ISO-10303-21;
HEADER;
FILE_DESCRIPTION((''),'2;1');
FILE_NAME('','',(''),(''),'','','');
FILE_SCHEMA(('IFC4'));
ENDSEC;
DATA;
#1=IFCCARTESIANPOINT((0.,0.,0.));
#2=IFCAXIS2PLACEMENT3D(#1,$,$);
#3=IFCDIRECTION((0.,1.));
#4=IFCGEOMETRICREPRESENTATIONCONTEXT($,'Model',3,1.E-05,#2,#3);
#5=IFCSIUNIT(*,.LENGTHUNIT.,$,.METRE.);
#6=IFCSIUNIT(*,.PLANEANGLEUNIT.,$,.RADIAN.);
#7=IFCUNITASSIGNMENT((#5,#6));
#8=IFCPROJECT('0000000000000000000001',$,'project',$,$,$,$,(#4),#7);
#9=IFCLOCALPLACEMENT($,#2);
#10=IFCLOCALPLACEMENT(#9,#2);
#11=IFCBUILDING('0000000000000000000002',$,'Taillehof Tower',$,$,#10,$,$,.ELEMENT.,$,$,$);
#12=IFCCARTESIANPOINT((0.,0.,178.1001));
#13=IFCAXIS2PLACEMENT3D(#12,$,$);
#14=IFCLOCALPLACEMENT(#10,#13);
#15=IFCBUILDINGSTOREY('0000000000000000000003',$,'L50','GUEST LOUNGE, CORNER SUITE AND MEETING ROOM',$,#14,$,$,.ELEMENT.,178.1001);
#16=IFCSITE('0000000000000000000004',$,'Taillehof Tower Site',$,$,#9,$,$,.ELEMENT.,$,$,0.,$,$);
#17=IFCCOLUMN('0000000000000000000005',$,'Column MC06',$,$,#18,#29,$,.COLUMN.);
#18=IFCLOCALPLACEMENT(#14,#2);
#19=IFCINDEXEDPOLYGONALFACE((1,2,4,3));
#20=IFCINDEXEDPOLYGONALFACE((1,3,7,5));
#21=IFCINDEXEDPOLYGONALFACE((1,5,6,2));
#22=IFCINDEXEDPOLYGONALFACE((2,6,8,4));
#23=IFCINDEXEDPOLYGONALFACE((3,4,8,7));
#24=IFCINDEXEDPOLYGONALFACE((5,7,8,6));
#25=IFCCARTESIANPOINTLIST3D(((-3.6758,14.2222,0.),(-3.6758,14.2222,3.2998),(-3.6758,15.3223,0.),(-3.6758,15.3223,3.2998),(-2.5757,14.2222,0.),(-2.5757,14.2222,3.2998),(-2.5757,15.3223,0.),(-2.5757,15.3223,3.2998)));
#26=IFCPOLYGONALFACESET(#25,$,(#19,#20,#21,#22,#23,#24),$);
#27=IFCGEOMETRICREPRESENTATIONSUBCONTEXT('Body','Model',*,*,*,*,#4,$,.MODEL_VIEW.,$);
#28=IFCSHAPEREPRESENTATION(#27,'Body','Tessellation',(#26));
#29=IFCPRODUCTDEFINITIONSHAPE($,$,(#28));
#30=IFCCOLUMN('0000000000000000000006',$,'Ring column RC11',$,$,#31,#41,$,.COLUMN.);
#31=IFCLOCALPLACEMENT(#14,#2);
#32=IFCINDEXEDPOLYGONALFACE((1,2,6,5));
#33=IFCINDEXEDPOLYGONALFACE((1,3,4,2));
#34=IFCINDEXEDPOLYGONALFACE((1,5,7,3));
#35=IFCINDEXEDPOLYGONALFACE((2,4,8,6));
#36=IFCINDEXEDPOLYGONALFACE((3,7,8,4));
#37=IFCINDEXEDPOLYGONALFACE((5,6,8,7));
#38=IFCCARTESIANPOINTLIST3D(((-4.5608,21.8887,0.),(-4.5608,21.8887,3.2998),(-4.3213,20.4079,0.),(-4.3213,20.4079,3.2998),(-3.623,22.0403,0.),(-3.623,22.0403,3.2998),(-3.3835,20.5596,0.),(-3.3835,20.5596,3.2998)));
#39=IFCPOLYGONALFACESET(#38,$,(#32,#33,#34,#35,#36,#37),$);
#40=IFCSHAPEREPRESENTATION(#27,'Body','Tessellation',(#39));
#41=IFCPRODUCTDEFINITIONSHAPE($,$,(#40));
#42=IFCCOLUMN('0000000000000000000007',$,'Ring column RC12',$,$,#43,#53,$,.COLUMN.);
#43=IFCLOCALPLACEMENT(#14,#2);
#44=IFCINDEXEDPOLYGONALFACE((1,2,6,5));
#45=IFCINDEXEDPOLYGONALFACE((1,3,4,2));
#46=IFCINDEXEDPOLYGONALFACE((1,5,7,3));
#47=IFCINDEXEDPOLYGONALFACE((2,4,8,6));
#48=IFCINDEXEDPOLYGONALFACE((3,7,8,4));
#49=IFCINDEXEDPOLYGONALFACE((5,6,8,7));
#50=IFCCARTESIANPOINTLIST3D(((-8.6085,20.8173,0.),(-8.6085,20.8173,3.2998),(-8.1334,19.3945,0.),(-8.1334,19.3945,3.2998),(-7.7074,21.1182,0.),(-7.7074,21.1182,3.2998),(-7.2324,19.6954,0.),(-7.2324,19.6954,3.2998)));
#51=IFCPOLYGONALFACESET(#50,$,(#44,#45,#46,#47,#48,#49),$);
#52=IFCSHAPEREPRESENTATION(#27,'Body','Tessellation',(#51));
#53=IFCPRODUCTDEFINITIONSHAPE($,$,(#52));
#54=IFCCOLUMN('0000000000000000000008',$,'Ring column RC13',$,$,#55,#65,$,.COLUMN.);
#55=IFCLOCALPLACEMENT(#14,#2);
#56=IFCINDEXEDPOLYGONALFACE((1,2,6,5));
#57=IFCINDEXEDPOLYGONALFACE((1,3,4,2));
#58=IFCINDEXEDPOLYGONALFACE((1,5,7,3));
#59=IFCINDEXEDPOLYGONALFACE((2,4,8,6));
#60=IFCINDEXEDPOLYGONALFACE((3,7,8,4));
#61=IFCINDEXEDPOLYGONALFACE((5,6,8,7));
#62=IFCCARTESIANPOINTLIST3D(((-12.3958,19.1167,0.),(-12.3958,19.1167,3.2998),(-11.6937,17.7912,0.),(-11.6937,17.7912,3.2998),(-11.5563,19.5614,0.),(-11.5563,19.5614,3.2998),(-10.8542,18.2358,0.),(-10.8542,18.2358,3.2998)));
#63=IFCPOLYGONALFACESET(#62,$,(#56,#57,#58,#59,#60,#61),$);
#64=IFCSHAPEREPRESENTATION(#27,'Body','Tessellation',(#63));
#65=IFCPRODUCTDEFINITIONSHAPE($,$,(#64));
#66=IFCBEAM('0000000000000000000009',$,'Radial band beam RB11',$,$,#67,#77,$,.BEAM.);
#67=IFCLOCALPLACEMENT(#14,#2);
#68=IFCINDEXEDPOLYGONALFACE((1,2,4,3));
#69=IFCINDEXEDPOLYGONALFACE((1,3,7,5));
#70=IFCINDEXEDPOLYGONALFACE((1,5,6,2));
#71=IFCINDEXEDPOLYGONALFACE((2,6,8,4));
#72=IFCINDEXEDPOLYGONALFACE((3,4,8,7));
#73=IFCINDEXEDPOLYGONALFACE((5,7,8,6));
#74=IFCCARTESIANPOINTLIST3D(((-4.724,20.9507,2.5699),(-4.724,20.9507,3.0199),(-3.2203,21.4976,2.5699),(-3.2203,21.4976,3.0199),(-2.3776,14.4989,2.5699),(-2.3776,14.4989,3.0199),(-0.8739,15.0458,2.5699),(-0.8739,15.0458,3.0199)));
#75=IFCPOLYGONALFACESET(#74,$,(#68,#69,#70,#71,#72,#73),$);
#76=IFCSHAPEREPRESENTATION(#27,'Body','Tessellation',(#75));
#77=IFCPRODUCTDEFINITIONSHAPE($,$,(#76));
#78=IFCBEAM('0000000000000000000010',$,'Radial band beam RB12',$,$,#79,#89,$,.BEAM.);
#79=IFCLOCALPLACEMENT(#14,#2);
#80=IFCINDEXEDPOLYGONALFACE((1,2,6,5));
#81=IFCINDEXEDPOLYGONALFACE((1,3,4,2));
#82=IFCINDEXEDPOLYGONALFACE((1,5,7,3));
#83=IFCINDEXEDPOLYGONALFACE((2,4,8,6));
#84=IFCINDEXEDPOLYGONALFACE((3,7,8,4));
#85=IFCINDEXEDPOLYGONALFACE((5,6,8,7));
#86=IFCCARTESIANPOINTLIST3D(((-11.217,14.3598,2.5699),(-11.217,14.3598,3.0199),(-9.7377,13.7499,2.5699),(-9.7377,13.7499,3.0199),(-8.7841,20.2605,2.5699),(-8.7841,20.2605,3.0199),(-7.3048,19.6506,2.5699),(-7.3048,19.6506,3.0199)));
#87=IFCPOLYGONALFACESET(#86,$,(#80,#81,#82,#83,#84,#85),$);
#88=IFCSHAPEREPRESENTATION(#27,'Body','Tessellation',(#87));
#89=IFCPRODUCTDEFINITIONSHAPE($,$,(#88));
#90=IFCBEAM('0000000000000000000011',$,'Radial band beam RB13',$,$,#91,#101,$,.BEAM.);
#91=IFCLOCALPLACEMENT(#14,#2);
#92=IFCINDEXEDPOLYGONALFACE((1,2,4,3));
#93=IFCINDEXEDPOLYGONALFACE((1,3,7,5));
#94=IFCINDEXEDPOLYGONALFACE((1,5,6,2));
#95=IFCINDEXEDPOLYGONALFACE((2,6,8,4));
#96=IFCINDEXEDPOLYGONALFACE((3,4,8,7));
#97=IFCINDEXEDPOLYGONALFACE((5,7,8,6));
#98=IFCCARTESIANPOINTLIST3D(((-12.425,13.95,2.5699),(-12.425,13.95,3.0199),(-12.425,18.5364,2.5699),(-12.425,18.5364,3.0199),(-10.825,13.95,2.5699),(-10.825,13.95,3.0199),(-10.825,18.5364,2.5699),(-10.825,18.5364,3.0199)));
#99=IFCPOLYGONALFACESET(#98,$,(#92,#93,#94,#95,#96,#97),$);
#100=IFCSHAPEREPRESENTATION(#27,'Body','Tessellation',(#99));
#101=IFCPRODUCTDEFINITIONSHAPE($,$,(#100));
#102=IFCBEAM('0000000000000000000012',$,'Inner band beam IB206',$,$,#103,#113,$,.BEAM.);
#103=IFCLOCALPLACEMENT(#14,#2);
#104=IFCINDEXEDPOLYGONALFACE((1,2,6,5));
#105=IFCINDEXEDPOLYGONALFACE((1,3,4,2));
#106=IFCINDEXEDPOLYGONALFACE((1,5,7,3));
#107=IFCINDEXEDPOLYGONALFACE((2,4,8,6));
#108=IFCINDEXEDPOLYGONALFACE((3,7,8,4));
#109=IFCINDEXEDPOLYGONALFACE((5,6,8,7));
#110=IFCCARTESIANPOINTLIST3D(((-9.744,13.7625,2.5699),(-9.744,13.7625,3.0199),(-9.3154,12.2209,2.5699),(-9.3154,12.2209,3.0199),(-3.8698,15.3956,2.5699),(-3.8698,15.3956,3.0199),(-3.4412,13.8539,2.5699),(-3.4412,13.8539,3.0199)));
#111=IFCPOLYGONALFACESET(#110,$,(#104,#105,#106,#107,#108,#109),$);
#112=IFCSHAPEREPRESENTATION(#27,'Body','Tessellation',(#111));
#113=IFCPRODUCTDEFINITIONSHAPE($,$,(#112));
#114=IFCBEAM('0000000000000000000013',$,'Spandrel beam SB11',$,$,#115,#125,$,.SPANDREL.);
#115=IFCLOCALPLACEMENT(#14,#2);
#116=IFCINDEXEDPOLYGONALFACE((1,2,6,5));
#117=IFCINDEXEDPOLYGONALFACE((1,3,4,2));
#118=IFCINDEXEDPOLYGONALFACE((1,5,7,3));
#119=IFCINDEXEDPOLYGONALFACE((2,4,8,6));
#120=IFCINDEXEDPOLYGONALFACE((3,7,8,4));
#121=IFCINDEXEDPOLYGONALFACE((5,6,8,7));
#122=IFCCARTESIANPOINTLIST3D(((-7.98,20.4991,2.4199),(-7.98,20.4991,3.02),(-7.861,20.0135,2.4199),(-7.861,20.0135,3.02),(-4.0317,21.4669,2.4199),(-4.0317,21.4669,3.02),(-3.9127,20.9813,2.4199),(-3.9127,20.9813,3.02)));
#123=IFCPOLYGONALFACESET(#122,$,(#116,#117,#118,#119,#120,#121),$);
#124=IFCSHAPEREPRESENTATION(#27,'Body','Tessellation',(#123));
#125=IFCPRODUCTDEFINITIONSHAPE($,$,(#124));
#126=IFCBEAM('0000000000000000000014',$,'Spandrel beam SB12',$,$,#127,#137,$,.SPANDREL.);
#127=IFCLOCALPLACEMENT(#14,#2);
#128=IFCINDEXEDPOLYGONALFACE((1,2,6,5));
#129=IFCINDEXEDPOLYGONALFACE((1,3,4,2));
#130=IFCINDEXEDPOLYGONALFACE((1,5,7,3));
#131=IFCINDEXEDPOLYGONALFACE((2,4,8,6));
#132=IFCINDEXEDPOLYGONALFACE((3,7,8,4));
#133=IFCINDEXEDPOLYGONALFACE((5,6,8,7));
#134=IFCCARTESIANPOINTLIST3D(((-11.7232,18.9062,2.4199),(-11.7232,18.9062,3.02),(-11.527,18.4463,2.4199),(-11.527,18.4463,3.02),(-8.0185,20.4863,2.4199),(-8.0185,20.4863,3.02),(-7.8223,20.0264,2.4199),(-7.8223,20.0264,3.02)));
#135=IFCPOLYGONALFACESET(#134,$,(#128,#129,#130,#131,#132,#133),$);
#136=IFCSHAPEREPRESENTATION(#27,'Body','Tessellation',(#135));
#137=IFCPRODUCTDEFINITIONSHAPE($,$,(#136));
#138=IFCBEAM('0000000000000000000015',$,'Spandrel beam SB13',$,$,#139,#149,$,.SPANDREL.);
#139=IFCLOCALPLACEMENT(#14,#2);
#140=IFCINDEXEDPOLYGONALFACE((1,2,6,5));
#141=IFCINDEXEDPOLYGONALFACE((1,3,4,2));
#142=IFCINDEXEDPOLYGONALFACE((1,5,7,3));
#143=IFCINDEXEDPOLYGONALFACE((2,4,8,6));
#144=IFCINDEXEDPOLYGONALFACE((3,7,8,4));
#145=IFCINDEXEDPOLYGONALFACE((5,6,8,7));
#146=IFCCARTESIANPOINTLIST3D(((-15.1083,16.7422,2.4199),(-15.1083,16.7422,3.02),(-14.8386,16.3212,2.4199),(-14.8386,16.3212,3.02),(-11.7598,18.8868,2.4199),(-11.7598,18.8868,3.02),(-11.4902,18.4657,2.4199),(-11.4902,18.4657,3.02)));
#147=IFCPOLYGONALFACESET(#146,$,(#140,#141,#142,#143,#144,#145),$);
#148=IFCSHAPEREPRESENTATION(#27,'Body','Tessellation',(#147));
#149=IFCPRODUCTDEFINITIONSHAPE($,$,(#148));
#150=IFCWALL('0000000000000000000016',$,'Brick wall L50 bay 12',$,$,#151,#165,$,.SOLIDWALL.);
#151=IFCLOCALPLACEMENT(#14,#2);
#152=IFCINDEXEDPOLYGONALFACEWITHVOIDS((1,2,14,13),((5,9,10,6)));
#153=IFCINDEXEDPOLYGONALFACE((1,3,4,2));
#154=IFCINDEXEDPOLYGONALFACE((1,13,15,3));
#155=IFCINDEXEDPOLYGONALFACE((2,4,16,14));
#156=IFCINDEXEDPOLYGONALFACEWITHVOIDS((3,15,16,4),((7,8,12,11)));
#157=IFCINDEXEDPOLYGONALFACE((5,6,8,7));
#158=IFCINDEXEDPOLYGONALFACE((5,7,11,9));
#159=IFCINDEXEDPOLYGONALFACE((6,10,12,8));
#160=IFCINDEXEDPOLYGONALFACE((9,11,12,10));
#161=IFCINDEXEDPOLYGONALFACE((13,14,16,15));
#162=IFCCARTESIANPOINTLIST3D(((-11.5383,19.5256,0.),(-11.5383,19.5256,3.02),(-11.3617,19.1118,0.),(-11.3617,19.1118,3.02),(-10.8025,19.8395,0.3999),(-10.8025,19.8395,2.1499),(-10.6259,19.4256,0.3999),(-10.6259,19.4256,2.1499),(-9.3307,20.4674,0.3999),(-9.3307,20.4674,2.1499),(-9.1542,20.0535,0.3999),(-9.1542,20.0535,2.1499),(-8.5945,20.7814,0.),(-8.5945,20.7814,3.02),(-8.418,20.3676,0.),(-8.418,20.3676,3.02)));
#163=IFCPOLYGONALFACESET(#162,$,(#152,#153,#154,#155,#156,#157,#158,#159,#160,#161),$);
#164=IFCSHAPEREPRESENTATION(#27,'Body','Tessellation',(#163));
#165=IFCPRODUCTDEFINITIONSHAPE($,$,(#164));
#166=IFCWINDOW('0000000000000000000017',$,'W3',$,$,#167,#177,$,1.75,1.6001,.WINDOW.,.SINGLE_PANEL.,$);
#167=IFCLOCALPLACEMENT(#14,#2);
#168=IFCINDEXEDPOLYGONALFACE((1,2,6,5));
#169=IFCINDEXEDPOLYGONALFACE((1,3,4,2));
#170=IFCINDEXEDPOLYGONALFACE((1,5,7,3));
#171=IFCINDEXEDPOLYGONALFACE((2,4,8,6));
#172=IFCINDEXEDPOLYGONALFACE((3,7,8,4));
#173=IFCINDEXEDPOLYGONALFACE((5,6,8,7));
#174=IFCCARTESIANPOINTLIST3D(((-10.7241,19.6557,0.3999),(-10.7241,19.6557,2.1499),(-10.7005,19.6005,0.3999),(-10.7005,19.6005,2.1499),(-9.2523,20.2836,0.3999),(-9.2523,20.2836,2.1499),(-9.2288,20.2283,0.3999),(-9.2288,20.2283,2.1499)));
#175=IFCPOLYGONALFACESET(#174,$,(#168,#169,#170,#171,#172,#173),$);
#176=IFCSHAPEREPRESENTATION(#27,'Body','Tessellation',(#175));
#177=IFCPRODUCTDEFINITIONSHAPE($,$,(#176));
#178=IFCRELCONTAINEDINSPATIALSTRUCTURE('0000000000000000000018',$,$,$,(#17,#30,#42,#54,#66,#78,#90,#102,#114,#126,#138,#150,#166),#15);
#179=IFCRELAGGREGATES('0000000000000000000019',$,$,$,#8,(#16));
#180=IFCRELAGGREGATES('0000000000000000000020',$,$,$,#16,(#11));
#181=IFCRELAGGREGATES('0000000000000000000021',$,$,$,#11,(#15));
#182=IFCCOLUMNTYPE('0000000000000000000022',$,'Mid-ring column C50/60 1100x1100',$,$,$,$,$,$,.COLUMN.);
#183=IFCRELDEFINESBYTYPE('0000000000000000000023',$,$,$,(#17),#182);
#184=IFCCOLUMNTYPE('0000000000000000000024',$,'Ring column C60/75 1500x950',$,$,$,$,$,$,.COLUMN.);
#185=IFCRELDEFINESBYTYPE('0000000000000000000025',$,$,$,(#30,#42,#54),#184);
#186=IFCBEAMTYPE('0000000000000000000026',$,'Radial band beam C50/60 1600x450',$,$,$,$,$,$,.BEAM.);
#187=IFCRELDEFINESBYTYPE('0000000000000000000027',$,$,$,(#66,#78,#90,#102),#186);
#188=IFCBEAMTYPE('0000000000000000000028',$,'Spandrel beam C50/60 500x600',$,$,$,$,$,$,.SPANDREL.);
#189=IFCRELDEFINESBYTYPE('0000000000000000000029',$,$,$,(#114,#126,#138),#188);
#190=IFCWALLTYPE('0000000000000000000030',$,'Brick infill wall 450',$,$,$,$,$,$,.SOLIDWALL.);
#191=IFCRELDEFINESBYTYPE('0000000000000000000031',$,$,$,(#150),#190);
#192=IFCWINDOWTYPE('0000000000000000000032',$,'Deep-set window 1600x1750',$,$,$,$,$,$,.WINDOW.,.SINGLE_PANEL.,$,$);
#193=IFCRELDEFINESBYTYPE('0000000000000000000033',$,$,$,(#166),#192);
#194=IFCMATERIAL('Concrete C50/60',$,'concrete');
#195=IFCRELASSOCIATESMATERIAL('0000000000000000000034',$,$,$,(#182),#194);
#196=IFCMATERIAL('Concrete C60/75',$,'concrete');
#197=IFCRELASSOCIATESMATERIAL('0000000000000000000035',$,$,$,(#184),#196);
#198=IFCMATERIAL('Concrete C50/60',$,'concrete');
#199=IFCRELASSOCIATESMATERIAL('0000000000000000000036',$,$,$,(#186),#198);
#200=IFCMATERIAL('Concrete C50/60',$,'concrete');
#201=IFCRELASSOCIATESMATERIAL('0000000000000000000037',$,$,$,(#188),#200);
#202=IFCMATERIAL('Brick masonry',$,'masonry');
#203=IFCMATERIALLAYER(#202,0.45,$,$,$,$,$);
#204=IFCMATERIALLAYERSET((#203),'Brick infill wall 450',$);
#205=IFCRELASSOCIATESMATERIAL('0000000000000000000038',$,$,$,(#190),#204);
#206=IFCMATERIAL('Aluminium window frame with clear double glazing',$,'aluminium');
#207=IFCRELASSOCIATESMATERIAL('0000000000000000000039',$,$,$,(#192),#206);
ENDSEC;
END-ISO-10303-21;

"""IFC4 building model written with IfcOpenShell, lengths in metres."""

from ifc_helpers import new_model, si_unit, direction, frame, frame_2d, origin, origin_2d, place, context, subcontext, project, spatial, rectangle, extrude, material, layer, layer_set, material_profile, profile_set, type_object, element, fill, save


model = new_model("IFC4")

# Units and contexts
model_context = context("Model", 3, precision=1e-05, world=origin(), true_north=direction((0.0, 1.0)))
body_context = subcontext(model_context, "Body", "Model", "MODEL_VIEW")
ifc_project = project(units=[si_unit("LENGTHUNIT", "METRE"), si_unit("PLANEANGLEUNIT", "RADIAN")], contexts=[model_context])

# Site, building, storey
site_placement = place(None, origin())
site = spatial("IfcSite", under=ifc_project, at=site_placement, Name="Taillehof Tower Site", CompositionType="ELEMENT", RefElevation=0.0)
building_placement = place(site_placement, origin())
building = spatial("IfcBuilding", under=site, at=building_placement, Name="Taillehof Tower", CompositionType="ELEMENT")
storey_placement = place(building_placement, frame((0.0, 0.0, 178.1001)))
storey = spatial("IfcBuildingStorey", under=building, at=storey_placement, Name="L50", Description="GUEST LOUNGE, CORNER SUITE AND MEETING ROOM", CompositionType="ELEMENT", Elevation=178.1001)

# Columns
ifc_material_1 = material(Name="Concrete C50/60", Category="concrete")
ifc_material_profile_1 = material_profile(ifc_material_1, rectangle(XDim=1.1001, YDim=1.1001, at=origin_2d()), Name="RC 1100x1100")
ifc_profile_set_1 = profile_set([ifc_material_profile_1], Name="Concrete C50/60")
column_type_1 = type_object("IfcColumnType", Name="Mid-ring column C50/60 1100x1100", PredefinedType="COLUMN", material=ifc_profile_set_1)
column_placement = place(storey_placement, frame((-3.1257, 14.7722, 0.0), z_axis=(0.0, 0.0, 1.0), x_axis=(1.0, 0.0, 0.0)))
element("IfcColumn", 1, at=column_placement, inside=storey, type_object=column_type_1, Name="Column MC06", PredefinedType="COLUMN", context=body_context, shape_type="SweptSolid", body=[
    extrude(rectangle(XDim=1.1001, YDim=1.1001, at=origin_2d()), origin(), (0.0, 0.0, 1.0), 3.2998),
])
ifc_material_2 = material(Name="Concrete C60/75", Category="concrete")
ifc_material_profile_2 = material_profile(ifc_material_2, rectangle(XDim=1.5, YDim=0.95, at=origin_2d()), Name="RC 1500x950")
ifc_profile_set_2 = profile_set([ifc_material_profile_2], Name="Concrete C60/75")
column_type_2 = type_object("IfcColumnType", Name="Ring column C60/75 1500x950", PredefinedType="COLUMN", material=ifc_profile_set_2)
for number, where, z_axis, x_axis, name in (
    (2, (-3.9722, 21.2241, 0.0), (0.0, 0.0, 1.0), (-0.159679, 0.987169, 0.0), "Ring column RC11"),
    (3, (-7.9204, 20.2563, 0.0), (0.0, 0.0, 1.0), (-0.316703, 0.948525, 0.0), "Ring column RC12"),
    (4, (-11.625, 18.6763, 0.0), (0.0, 0.0, 1.0), (-0.468042, 0.883706, 0.0), "Ring column RC13"),
):
    element("IfcColumn", number, at=place(storey_placement, frame(where, z_axis=z_axis, x_axis=x_axis)), inside=storey, type_object=column_type_2, Name=name, PredefinedType="COLUMN", context=body_context, shape_type="SweptSolid", body=[
        extrude(rectangle(XDim=1.5, YDim=0.95, at=origin_2d()), origin(), (0.0, 0.0, 1.0), 3.2998),
    ])

# Beams
ifc_material_3 = material(Name="Concrete C50/60", Category="concrete")
ifc_material_profile_3 = material_profile(ifc_material_3, rectangle(XDim=1.6001, YDim=0.45, at=origin_2d()), Name="RC 1600x450")
ifc_profile_set_3 = profile_set([ifc_material_profile_3], Name="Concrete C50/60")
beam_type_1 = type_object("IfcBeamType", Name="Radial band beam C50/60 1600x450", PredefinedType="BEAM", material=ifc_profile_set_3)
beam_1_placement = place(storey_placement, frame((-3.9722, 21.2241, 2.7949), z_axis=(0.34178, -0.93978, 0.0), x_axis=(0.93978, 0.34178, 0.0)))
element("IfcBeam", 5, at=beam_1_placement, inside=storey, type_object=beam_type_1, Name="Radial band beam RB11", PredefinedType="BEAM", context=body_context, shape_type="SweptSolid", body=[
    extrude(rectangle(XDim=1.6001, YDim=0.45, at=origin_2d()), origin(), (0.0, 0.0, 1.0), 6.8652),
])
beam_2_placement = place(storey_placement, frame((-8.0444, 19.9556, 2.7949), z_axis=(-0.381177, -0.924502, 0.0), x_axis=(0.924502, -0.381177, 0.0)))
element("IfcBeam", 6, at=beam_2_placement, inside=storey, type_object=beam_type_1, Name="Radial band beam RB12", PredefinedType="BEAM", context=body_context, shape_type="SweptSolid", body=[
    extrude(rectangle(XDim=1.6001, YDim=0.45, at=origin_2d()), origin(), (0.0, 0.0, 1.0), 6.3826),
])
beam_3_placement = place(storey_placement, frame((-11.625, 18.5364, 2.7949), z_axis=(0.0, -1.0, 0.0), x_axis=(1.0, 0.0, 0.0)))
element("IfcBeam", 7, at=beam_3_placement, inside=storey, type_object=beam_type_1, Name="Radial band beam RB13", PredefinedType="BEAM", context=body_context, shape_type="SweptSolid", body=[
    extrude(rectangle(XDim=1.6001, YDim=0.45, at=origin_2d()), origin(), (0.0, 0.0, 1.0), 4.5864),
])
beam_4_placement = place(storey_placement, frame((-3.6555, 14.6248, 2.7949), z_axis=(-0.963459, -0.267855, 0.0), x_axis=(0.267855, -0.963459, 0.0)))
element("IfcBeam", 8, at=beam_4_placement, inside=storey, type_object=beam_type_1, Name="Inner band beam IB206", PredefinedType="BEAM", context=body_context, shape_type="SweptSolid", body=[
    extrude(rectangle(XDim=1.6001, YDim=0.45, at=origin_2d()), origin(), (0.0, 0.0, 1.0), 6.0969),
])
ifc_material_4 = material(Name="Concrete C50/60", Category="concrete")
ifc_material_profile_4 = material_profile(ifc_material_4, rectangle(XDim=0.5, YDim=0.6001, at=origin_2d()), Name="RC 500x600")
ifc_profile_set_4 = profile_set([ifc_material_profile_4], Name="Concrete C50/60")
beam_type_2 = type_object("IfcBeamType", Name="Spandrel beam C50/60 500x600", PredefinedType="SPANDREL", material=ifc_profile_set_4)
beam_5_placement = place(storey_placement, frame((-3.9722, 21.2241, 2.72), z_axis=(-0.971249, -0.238068, 0.0), x_axis=(0.238068, -0.971249, 0.0)))
element("IfcBeam", 9, at=beam_5_placement, inside=storey, type_object=beam_type_2, Name="Spandrel beam SB11", PredefinedType="SPANDREL", context=body_context, shape_type="SweptSolid", body=[
    extrude(rectangle(XDim=0.5, YDim=0.6001, at=origin_2d()), origin(), (0.0, 0.0, 1.0), 4.0652),
])
beam_6_placement = place(storey_placement, frame((-7.9204, 20.2563, 2.72), z_axis=(-0.919827, -0.392324, 0.0), x_axis=(0.392324, -0.919827, 0.0)))
element("IfcBeam", 10, at=beam_6_placement, inside=storey, type_object=beam_type_2, Name="Spandrel beam SB12", PredefinedType="SPANDREL", context=body_context, shape_type="SweptSolid", body=[
    extrude(rectangle(XDim=0.5, YDim=0.6001, at=origin_2d()), origin(), (0.0, 0.0, 1.0), 4.0276),
])
beam_7_placement = place(storey_placement, frame((-11.625, 18.6763, 2.72), z_axis=(-0.842093, -0.539332, 0.0), x_axis=(0.539332, -0.842093, 0.0)))
element("IfcBeam", 11, at=beam_7_placement, inside=storey, type_object=beam_type_2, Name="Spandrel beam SB13", PredefinedType="SPANDREL", context=body_context, shape_type="SweptSolid", body=[
    extrude(rectangle(XDim=0.5, YDim=0.6001, at=origin_2d()), origin(), (0.0, 0.0, 1.0), 3.9763),
])

# Wall, opening, window
ifc_material_5 = material(Name="Brick masonry", Category="masonry")
ifc_layer_1 = layer(ifc_material_5, 0.45)
ifc_layer_set_1 = layer_set([ifc_layer_1], Name="Brick infill wall 450")
wall_type_1 = type_object("IfcWallType", Name="Brick infill wall 450", PredefinedType="SOLIDWALL", material=ifc_layer_set_1)
wall_1_placement = place(storey_placement, frame((-8.5063, 20.5745, 0.0), z_axis=(0.0, 0.0, 1.0), x_axis=(-0.919799, -0.39239, 0.0)))
wall_1 = element("IfcWall", 12, at=wall_1_placement, inside=storey, type_object=wall_type_1, Name="Brick wall L50 bay 12", PredefinedType="SOLIDWALL", context=body_context, shape_type="SweptSolid", body=[
    extrude(rectangle(XDim=3.2004, YDim=0.45, at=frame_2d((1.6001, 0.0))), origin(), (0.0, 0.0, 1.0), 3.02),
])
opening_1_placement = place(wall_1_placement, frame((0.8003, 0.0, 0.3999)))
opening_1 = element("IfcOpeningElement", 13, at=opening_1_placement, cuts=wall_1, PredefinedType="OPENING", context=body_context, shape_type="SweptSolid", body=[
    extrude(rectangle(XDim=1.6001, YDim=1.75, at=frame_2d((0.8, 0.875))), frame((0.0, 0.2349, 0.0), z_axis=(0.0, -1.0, 0.0), x_axis=(1.0, 0.0, 0.0)), (0.0, 0.0, 1.0), 0.47),
])
ifc_material_6 = material(Name="Aluminium window frame with clear double glazing", Category="aluminium")
window_type_1 = type_object("IfcWindowType", Name="Deep-set window 1600x1750", PartitioningType="SINGLE_PANEL", PredefinedType="WINDOW", material=ifc_material_6)
window_1_placement = place(opening_1_placement, origin())
window_1 = element("IfcWindow", 14, at=window_1_placement, inside=storey, type_object=window_type_1, Name="W3", OverallHeight=1.75, OverallWidth=1.6001, PartitioningType="SINGLE_PANEL", PredefinedType="WINDOW", context=body_context, shape_type="SweptSolid", body=[
    extrude(rectangle(XDim=1.6001, YDim=1.75, at=frame_2d((0.8, 0.875))), frame((0.0, 0.0349, 0.0), z_axis=(0.0, -1.0, 0.0), x_axis=(1.0, 0.0, 0.0)), (0.0, 0.0, 1.0), 0.0601),
])
fill(opening_1, window_1)

save(model, "model.ifc")
